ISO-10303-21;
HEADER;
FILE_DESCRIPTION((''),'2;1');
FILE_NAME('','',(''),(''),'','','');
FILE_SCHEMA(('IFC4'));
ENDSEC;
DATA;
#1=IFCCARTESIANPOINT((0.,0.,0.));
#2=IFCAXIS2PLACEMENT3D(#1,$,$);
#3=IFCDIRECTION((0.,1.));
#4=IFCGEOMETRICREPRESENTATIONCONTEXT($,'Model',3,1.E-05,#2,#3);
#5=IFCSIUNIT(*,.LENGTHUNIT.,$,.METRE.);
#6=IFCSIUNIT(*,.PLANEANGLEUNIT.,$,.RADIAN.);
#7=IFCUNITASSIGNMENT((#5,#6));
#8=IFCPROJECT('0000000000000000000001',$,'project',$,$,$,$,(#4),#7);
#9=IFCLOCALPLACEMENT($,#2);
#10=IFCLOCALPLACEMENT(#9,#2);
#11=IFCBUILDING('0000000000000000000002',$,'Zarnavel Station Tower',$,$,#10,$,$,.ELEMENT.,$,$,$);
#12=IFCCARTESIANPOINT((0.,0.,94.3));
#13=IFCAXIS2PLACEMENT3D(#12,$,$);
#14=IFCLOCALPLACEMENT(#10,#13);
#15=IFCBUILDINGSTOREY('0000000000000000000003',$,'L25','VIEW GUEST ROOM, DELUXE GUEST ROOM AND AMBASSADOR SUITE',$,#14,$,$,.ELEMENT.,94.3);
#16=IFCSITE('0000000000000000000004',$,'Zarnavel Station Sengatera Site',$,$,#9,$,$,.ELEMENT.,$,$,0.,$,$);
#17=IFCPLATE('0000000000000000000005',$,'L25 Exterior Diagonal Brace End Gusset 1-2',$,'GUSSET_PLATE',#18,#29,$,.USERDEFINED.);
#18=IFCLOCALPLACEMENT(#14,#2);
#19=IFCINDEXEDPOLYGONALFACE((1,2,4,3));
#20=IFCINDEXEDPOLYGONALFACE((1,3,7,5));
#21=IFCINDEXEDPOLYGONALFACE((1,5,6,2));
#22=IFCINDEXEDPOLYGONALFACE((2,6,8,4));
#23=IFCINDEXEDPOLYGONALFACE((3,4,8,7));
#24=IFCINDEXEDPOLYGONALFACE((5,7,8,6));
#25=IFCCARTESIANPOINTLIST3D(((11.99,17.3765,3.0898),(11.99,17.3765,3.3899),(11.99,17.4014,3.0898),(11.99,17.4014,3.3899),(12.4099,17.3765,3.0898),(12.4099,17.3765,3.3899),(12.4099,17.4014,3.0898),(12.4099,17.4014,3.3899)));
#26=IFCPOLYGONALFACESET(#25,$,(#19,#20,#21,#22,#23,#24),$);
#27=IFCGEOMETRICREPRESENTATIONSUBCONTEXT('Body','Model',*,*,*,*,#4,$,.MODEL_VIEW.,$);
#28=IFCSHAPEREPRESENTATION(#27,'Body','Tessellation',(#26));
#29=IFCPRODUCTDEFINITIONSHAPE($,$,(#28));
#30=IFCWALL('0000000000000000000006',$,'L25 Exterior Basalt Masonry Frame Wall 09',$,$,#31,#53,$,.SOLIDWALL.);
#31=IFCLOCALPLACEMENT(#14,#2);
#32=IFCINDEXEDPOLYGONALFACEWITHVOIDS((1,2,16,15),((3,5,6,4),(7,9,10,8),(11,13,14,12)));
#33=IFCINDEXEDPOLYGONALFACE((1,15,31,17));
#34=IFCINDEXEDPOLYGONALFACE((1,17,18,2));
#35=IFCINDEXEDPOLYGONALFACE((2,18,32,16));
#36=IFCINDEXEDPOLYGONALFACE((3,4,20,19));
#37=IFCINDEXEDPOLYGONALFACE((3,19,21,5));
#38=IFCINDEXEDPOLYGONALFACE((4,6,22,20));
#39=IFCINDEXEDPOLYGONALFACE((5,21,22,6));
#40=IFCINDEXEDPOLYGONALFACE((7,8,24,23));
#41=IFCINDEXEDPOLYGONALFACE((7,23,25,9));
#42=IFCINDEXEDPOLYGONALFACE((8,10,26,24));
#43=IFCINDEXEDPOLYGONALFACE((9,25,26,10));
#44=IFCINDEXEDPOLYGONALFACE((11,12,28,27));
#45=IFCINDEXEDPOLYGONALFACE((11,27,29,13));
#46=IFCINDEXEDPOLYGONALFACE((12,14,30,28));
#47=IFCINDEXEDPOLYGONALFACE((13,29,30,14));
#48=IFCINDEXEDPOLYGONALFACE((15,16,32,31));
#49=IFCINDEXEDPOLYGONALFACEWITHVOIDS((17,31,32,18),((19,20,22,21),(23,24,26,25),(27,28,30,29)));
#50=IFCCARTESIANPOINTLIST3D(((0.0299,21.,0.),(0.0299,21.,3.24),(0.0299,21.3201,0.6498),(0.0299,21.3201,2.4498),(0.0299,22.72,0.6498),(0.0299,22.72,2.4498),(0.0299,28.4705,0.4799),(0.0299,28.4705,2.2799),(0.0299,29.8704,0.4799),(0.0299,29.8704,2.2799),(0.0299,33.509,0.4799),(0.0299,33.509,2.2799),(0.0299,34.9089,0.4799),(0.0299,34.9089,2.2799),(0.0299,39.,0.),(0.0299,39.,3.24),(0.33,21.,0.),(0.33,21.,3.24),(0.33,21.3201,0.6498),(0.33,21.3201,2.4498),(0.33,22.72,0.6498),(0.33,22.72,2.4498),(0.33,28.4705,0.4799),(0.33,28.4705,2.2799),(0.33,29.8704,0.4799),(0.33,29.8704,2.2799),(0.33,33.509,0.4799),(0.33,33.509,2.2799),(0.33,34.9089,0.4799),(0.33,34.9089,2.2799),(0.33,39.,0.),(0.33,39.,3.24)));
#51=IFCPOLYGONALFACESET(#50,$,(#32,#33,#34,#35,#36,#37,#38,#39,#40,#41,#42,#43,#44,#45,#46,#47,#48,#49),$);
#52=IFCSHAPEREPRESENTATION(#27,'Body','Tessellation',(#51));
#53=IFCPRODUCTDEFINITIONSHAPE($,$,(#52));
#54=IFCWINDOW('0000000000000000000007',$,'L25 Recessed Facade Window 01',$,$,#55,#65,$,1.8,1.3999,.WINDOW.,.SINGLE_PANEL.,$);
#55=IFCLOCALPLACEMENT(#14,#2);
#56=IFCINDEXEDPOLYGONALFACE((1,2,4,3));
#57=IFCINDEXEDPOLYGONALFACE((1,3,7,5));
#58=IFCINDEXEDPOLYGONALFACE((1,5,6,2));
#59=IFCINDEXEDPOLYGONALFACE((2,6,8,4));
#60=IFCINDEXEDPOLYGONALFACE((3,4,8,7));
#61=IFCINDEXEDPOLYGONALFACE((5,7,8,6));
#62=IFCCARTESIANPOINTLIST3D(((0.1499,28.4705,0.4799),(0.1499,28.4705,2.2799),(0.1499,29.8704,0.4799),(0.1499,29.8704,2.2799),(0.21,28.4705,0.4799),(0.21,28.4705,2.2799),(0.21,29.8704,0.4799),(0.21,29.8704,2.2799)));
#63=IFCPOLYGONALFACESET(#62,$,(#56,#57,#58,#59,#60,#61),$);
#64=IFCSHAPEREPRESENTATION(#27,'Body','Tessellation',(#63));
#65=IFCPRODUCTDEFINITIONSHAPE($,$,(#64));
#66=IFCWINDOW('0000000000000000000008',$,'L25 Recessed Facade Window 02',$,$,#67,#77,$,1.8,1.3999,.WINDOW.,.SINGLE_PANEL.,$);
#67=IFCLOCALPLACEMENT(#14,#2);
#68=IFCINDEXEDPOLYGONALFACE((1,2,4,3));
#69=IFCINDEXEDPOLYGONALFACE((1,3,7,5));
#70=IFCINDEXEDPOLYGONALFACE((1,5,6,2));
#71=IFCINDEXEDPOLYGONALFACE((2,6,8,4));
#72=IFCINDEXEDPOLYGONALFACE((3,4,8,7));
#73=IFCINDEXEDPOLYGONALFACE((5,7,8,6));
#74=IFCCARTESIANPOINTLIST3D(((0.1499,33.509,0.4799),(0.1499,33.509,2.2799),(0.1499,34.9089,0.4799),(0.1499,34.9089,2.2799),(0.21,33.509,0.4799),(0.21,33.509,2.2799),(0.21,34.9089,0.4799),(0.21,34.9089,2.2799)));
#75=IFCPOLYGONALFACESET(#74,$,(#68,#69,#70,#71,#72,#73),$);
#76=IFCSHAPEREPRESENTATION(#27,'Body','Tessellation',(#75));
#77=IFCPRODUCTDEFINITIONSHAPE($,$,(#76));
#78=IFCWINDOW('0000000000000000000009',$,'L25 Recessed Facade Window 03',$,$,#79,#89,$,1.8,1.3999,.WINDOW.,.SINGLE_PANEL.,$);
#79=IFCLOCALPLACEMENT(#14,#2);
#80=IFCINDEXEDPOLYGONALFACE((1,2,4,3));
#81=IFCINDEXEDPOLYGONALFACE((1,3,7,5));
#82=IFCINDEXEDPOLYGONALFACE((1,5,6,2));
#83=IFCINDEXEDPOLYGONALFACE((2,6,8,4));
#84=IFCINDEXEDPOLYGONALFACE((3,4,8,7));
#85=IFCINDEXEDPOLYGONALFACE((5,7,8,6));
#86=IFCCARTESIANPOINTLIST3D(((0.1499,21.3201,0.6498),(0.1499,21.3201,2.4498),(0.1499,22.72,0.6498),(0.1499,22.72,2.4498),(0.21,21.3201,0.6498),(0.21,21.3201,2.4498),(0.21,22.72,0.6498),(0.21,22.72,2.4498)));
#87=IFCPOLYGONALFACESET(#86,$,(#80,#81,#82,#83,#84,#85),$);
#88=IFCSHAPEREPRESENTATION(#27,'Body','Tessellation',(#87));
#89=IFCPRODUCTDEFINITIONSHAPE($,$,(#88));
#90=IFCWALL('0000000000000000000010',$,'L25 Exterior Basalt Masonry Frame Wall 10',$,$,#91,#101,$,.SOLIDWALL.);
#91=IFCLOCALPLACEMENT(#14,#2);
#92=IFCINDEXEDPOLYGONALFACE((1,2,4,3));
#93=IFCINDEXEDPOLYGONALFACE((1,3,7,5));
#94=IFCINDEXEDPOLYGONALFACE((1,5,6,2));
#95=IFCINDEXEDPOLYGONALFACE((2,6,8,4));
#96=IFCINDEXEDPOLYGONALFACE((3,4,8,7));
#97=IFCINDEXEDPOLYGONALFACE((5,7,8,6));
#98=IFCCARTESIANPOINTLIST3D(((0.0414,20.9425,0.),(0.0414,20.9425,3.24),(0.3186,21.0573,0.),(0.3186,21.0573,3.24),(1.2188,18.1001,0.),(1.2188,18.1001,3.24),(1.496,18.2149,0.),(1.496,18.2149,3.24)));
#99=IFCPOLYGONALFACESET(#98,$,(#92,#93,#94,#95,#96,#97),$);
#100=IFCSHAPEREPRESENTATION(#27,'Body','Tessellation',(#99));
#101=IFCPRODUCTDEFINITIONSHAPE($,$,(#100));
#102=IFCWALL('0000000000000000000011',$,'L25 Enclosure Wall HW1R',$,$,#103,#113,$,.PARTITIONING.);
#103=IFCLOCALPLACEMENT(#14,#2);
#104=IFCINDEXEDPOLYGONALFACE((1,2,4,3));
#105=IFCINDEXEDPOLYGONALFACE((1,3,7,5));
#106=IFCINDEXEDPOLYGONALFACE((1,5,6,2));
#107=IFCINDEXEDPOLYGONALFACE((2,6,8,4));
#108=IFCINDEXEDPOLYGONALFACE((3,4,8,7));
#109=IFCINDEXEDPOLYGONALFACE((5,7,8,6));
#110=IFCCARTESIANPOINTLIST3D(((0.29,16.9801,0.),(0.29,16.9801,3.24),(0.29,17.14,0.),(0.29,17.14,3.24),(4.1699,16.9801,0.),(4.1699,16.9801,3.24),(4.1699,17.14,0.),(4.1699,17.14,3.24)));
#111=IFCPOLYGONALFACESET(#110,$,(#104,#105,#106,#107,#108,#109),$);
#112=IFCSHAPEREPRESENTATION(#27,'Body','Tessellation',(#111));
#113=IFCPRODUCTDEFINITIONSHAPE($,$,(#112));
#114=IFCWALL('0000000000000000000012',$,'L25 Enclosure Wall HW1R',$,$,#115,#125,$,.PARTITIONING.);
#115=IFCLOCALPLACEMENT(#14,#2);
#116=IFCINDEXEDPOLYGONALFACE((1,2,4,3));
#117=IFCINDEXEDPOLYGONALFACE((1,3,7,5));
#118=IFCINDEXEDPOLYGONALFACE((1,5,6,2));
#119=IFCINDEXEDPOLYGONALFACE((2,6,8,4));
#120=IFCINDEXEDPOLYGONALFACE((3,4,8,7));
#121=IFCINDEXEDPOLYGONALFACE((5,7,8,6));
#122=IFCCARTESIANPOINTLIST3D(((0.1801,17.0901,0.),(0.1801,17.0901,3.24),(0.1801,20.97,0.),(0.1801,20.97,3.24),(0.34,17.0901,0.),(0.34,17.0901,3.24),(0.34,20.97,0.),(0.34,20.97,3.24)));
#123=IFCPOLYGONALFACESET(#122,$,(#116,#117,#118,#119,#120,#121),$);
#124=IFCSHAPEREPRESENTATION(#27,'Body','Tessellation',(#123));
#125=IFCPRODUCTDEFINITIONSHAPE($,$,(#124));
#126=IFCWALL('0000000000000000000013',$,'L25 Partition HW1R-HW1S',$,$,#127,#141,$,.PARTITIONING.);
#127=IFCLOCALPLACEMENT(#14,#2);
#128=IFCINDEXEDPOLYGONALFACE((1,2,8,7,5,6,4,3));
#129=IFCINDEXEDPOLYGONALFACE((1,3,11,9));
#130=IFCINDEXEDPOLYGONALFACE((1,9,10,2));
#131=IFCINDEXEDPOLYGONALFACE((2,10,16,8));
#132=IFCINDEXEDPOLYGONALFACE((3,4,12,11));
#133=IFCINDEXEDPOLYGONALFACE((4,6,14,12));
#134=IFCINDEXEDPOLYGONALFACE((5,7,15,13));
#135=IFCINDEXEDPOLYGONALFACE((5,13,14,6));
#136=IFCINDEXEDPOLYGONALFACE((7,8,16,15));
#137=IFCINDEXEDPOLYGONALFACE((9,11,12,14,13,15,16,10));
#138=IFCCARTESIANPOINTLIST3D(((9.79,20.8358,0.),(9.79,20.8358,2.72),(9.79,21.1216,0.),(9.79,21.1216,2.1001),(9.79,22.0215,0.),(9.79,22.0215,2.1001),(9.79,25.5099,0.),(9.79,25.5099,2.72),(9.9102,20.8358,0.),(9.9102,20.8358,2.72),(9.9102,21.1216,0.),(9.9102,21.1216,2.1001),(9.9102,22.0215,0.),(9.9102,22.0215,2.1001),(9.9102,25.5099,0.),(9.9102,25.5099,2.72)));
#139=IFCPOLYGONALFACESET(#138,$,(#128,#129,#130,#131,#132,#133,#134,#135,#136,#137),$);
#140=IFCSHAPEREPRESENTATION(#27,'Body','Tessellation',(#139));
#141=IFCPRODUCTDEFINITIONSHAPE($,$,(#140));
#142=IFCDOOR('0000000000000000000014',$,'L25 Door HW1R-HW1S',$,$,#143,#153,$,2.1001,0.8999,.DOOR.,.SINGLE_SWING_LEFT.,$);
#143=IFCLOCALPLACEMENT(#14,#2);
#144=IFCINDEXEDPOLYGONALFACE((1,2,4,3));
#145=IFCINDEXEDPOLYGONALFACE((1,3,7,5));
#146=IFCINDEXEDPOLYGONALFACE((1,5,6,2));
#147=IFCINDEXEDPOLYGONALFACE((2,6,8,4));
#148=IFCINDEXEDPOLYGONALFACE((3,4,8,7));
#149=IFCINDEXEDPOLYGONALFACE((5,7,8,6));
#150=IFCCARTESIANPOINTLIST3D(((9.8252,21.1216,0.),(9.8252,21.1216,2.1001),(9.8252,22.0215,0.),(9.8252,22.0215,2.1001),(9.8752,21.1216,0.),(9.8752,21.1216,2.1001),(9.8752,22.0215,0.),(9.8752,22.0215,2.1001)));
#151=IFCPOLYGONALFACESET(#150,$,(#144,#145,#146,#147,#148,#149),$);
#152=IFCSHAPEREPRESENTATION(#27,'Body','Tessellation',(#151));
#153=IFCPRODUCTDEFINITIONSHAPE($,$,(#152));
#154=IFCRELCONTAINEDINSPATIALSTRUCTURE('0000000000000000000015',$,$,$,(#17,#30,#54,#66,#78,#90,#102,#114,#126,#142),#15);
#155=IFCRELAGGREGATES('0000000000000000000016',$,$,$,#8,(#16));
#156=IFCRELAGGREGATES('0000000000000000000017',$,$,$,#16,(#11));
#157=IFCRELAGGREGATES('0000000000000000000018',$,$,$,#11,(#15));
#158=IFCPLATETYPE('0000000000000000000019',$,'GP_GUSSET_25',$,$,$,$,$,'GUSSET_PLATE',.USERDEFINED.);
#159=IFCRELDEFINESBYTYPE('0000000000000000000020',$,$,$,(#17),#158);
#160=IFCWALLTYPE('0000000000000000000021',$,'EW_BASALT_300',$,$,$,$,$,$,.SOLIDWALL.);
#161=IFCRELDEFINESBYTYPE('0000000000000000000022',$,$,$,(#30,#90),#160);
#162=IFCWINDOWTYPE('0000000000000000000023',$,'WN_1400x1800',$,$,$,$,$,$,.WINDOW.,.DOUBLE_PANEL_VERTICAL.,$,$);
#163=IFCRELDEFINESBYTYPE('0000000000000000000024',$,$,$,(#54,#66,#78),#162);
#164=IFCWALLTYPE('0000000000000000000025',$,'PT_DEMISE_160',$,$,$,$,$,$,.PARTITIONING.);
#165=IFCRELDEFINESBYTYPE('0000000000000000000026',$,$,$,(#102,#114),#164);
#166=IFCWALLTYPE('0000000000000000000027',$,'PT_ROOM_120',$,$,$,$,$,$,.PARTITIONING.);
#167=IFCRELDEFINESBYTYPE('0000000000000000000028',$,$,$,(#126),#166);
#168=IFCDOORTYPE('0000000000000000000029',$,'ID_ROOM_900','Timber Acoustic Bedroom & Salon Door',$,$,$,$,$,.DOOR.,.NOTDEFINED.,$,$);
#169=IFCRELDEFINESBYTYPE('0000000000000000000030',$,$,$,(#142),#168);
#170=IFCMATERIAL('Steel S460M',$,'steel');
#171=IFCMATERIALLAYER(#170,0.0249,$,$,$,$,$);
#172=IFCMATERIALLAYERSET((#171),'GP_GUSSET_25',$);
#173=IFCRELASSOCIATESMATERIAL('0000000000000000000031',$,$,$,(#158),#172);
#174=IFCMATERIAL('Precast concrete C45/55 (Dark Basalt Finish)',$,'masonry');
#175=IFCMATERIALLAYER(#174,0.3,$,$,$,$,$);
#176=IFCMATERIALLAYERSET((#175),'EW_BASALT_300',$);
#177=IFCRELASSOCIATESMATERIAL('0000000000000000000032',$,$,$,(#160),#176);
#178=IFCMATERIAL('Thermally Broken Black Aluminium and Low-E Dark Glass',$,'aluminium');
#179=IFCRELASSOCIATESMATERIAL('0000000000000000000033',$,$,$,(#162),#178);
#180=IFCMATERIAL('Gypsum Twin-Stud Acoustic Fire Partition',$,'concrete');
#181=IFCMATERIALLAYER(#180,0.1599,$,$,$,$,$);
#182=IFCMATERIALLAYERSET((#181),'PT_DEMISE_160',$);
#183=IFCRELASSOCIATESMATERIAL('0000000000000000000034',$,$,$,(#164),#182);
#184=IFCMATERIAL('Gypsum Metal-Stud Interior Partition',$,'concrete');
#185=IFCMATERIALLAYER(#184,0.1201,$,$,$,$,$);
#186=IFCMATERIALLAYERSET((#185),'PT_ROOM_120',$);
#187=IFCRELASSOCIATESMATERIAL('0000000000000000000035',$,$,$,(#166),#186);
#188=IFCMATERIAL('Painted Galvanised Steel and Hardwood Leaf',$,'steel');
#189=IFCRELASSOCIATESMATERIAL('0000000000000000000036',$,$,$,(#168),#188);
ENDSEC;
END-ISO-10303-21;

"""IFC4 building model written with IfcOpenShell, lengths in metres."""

from ifc_helpers import new_model, si_unit, direction, frame, frame_2d, origin, origin_2d, place, context, subcontext, project, spatial, rectangle, extrude, material, layer, layer_set, type_object, element, fill, save


model = new_model("IFC4")

# Units and contexts
model_context = context("Model", 3, precision=1e-05, world=origin(), true_north=direction((0.0, 1.0)))
body_context = subcontext(model_context, "Body", "Model", "MODEL_VIEW")
ifc_project = project(units=[si_unit("LENGTHUNIT", "METRE"), si_unit("PLANEANGLEUNIT", "RADIAN")], contexts=[model_context])

# Site, building, storey
site_placement = place(None, origin())
site = spatial("IfcSite", under=ifc_project, at=site_placement, Name="Zarnavel Station Sengatera Site", CompositionType="ELEMENT", RefElevation=0.0)
building_placement = place(site_placement, origin())
building = spatial("IfcBuilding", under=site, at=building_placement, Name="Zarnavel Station Tower", CompositionType="ELEMENT")
storey_placement = place(building_placement, frame((0.0, 0.0, 94.3)))
storey = spatial("IfcBuildingStorey", under=building, at=storey_placement, Name="L25", Description="VIEW GUEST ROOM, DELUXE GUEST ROOM AND AMBASSADOR SUITE", CompositionType="ELEMENT", Elevation=94.3)

# Plate
ifc_material_1 = material(Name="Steel S460M", Category="steel")
ifc_layer_1 = layer(ifc_material_1, 0.0249)
ifc_layer_set_1 = layer_set([ifc_layer_1], Name="GP_GUSSET_25")
plate_type = type_object("IfcPlateType", Name="GP_GUSSET_25", ElementType="GUSSET_PLATE", PredefinedType="USERDEFINED", material=ifc_layer_set_1)
plate_placement = place(storey_placement, frame((12.2, 17.3889, 3.0898), z_axis=(0.0, 0.0, 1.0), x_axis=(1.0, 0.0, 0.0)))
element("IfcPlate", 1, at=plate_placement, inside=storey, type_object=plate_type, Name="L25 Exterior Diagonal Brace End Gusset 1-2", ObjectType="GUSSET_PLATE", PredefinedType="USERDEFINED", context=body_context, shape_type="SweptSolid", body=[
    extrude(rectangle(XDim=0.4199, YDim=0.0249, at=origin_2d()), origin(), (0.0, 0.0, 1.0), 0.3),
])

# Wall, openings, windows
ifc_material_2 = material(Name="Precast concrete C45/55 (Dark Basalt Finish)", Category="masonry")
ifc_layer_2 = layer(ifc_material_2, 0.3)
ifc_layer_set_2 = layer_set([ifc_layer_2], Name="EW_BASALT_300")
wall_type_1 = type_object("IfcWallType", Name="EW_BASALT_300", PredefinedType="SOLIDWALL", material=ifc_layer_set_2)
wall_1_placement = place(storey_placement, frame((0.1799, 21.0, 0.0), z_axis=(0.0, 0.0, 1.0), x_axis=(0.0, 1.0, 0.0)))
wall_1 = element("IfcWall", 2, at=wall_1_placement, inside=storey, type_object=wall_type_1, Name="L25 Exterior Basalt Masonry Frame Wall 09", PredefinedType="SOLIDWALL", context=body_context, shape_type="SweptSolid", body=[
    extrude(rectangle(XDim=18.0, YDim=0.3, at=frame_2d((9.0, 0.0))), origin(), (0.0, 0.0, 1.0), 3.24),
])
opening_1_placement = place(wall_1_placement, frame((7.4705, 0.0, 0.48)))
opening_1 = element("IfcOpeningElement", 3, at=opening_1_placement, cuts=wall_1, PredefinedType="OPENING", context=body_context, shape_type="SweptSolid", body=[
    extrude(rectangle(XDim=1.3999, YDim=1.8, at=frame_2d((0.7, 0.8999))), frame((0.0, 0.1599, 0.0), z_axis=(0.0, -1.0, 0.0), x_axis=(1.0, 0.0, 0.0)), (0.0, 0.0, 1.0), 0.3201),
])
opening_2_placement = place(wall_1_placement, frame((12.509, 0.0, 0.48)))
opening_2 = element("IfcOpeningElement", 4, at=opening_2_placement, cuts=wall_1, PredefinedType="OPENING", context=body_context, shape_type="SweptSolid", body=[
    extrude(rectangle(XDim=1.3999, YDim=1.8, at=frame_2d((0.7, 0.8999))), frame((0.0, 0.1599, 0.0), z_axis=(0.0, -1.0, 0.0), x_axis=(1.0, 0.0, 0.0)), (0.0, 0.0, 1.0), 0.3201),
])
opening_3_placement = place(wall_1_placement, frame((0.3201, 0.0, 0.6499)))
opening_3 = element("IfcOpeningElement", 5, at=opening_3_placement, cuts=wall_1, PredefinedType="OPENING", context=body_context, shape_type="SweptSolid", body=[
    extrude(rectangle(XDim=1.3999, YDim=1.8, at=frame_2d((0.7, 0.8999))), frame((0.0, 0.1599, 0.0), z_axis=(0.0, -1.0, 0.0), x_axis=(1.0, 0.0, 0.0)), (0.0, 0.0, 1.0), 0.3201),
])
ifc_material_3 = material(Name="Thermally Broken Black Aluminium and Low-E Dark Glass", Category="aluminium")
window_type = type_object("IfcWindowType", Name="WN_1400x1800", PartitioningType="DOUBLE_PANEL_VERTICAL", PredefinedType="WINDOW", material=ifc_material_3)
window_1_placement = place(opening_1_placement, origin())
window_1 = element("IfcWindow", 6, at=window_1_placement, inside=storey, type_object=window_type, Name="L25 Recessed Facade Window 01", OverallHeight=1.8, OverallWidth=1.3999, PartitioningType="SINGLE_PANEL", PredefinedType="WINDOW", context=body_context, shape_type="SweptSolid", body=[
    extrude(rectangle(XDim=1.3999, YDim=1.8, at=frame_2d((0.7, 0.8999))), frame((0.0, 0.03, 0.0), z_axis=(0.0, -1.0, 0.0), x_axis=(1.0, 0.0, 0.0)), (0.0, 0.0, 1.0), 0.0601),
])
fill(opening_1, window_1)
window_2_placement = place(opening_2_placement, origin())
window_2 = element("IfcWindow", 7, at=window_2_placement, inside=storey, type_object=window_type, Name="L25 Recessed Facade Window 02", OverallHeight=1.8, OverallWidth=1.3999, PartitioningType="SINGLE_PANEL", PredefinedType="WINDOW", context=body_context, shape_type="SweptSolid", body=[
    extrude(rectangle(XDim=1.3999, YDim=1.8, at=frame_2d((0.7, 0.8999))), frame((0.0, 0.03, 0.0), z_axis=(0.0, -1.0, 0.0), x_axis=(1.0, 0.0, 0.0)), (0.0, 0.0, 1.0), 0.0601),
])
fill(opening_2, window_2)
window_3_placement = place(opening_3_placement, origin())
window_3 = element("IfcWindow", 8, at=window_3_placement, inside=storey, type_object=window_type, Name="L25 Recessed Facade Window 03", OverallHeight=1.8, OverallWidth=1.3999, PartitioningType="SINGLE_PANEL", PredefinedType="WINDOW", context=body_context, shape_type="SweptSolid", body=[
    extrude(rectangle(XDim=1.3999, YDim=1.8, at=frame_2d((0.7, 0.8999))), frame((0.0, 0.03, 0.0), z_axis=(0.0, -1.0, 0.0), x_axis=(1.0, 0.0, 0.0)), (0.0, 0.0, 1.0), 0.0601),
])
fill(opening_3, window_3)

# Walls
wall_2_placement = place(storey_placement, frame((1.3574, 18.1575, 0.0), z_axis=(0.0, 0.0, 1.0), x_axis=(-0.382705, 0.923871, 0.0)))
element("IfcWall", 9, at=wall_2_placement, inside=storey, type_object=wall_type_1, Name="L25 Exterior Basalt Masonry Frame Wall 10", PredefinedType="SOLIDWALL", context=body_context, shape_type="SweptSolid", body=[
    extrude(rectangle(XDim=3.0767, YDim=0.3, at=frame_2d((1.5383, 0.0))), origin(), (0.0, 0.0, 1.0), 3.24),
])
ifc_material_4 = material(Name="Gypsum Twin-Stud Acoustic Fire Partition", Category="concrete")
ifc_layer_3 = layer(ifc_material_4, 0.1599)
ifc_layer_set_3 = layer_set([ifc_layer_3], Name="PT_DEMISE_160")
wall_type_2 = type_object("IfcWallType", Name="PT_DEMISE_160", PredefinedType="PARTITIONING", material=ifc_layer_set_3)
for number, where, z_axis, x_axis, name in (
    (10, (0.29, 17.0601, 0.0), (0.0, 0.0, 1.0), (1.0, 0.0, 0.0), "L25 Enclosure Wall HW1R"),
    (11, (0.26, 17.0901, 0.0), (0.0, 0.0, 1.0), (0.0, 1.0, 0.0), "L25 Enclosure Wall HW1R"),
):
    element("IfcWall", number, at=place(storey_placement, frame(where, z_axis=z_axis, x_axis=x_axis)), inside=storey, type_object=wall_type_2, Name=name, PredefinedType="PARTITIONING", context=body_context, shape_type="SweptSolid", body=[
        extrude(rectangle(XDim=3.8799, YDim=0.1599, at=frame_2d((1.9399, 0.0))), origin(), (0.0, 0.0, 1.0), 3.24),
    ])

# Wall, opening, door
ifc_material_5 = material(Name="Gypsum Metal-Stud Interior Partition", Category="concrete")
ifc_layer_4 = layer(ifc_material_5, 0.1201)
ifc_layer_set_4 = layer_set([ifc_layer_4], Name="PT_ROOM_120")
wall_type_3 = type_object("IfcWallType", Name="PT_ROOM_120", PredefinedType="PARTITIONING", material=ifc_layer_set_4)
wall_3_placement = place(storey_placement, frame((9.8501, 20.8359, 0.0), z_axis=(0.0, 0.0, 1.0), x_axis=(0.0, 1.0, 0.0)))
wall_3 = element("IfcWall", 12, at=wall_3_placement, inside=storey, type_object=wall_type_3, Name="L25 Partition HW1R-HW1S", PredefinedType="PARTITIONING", context=body_context, shape_type="SweptSolid", body=[
    extrude(rectangle(XDim=4.6741, YDim=0.1201, at=frame_2d((2.3369, 0.0))), origin(), (0.0, 0.0, 1.0), 2.72),
])
opening_4_placement = place(wall_3_placement, frame((0.2856, 0.0, 0.0)))
opening_4 = element("IfcOpeningElement", 13, at=opening_4_placement, cuts=wall_3, PredefinedType="OPENING", context=body_context, shape_type="SweptSolid", body=[
    extrude(rectangle(XDim=0.8999, YDim=2.1001, at=frame_2d((0.45, 1.05))), frame((0.0, 0.0701, 0.0), z_axis=(0.0, -1.0, 0.0), x_axis=(1.0, 0.0, 0.0)), (0.0, 0.0, 1.0), 0.1401),
])
ifc_material_6 = material(Name="Painted Galvanised Steel and Hardwood Leaf", Category="steel")
door_type_1 = type_object("IfcDoorType", Name="ID_ROOM_900", Description="Timber Acoustic Bedroom & Salon Door", OperationType="NOTDEFINED", PredefinedType="DOOR", material=ifc_material_6)
door_1_placement = place(opening_4_placement, origin())
door_1 = element("IfcDoor", 14, at=door_1_placement, inside=storey, type_object=door_type_1, Name="L25 Door HW1R-HW1S", OperationType="SINGLE_SWING_LEFT", OverallHeight=2.1001, OverallWidth=0.8999, PredefinedType="DOOR", context=body_context, shape_type="SweptSolid", body=[
    extrude(rectangle(XDim=0.8999, YDim=2.1001, at=frame_2d((0.45, 1.05))), frame((0.0, 0.0249, 0.0), z_axis=(0.0, -1.0, 0.0), x_axis=(1.0, 0.0, 0.0)), (0.0, 0.0, 1.0), 0.05),
])
fill(opening_4, door_1)

save(model, "model.ifc")
